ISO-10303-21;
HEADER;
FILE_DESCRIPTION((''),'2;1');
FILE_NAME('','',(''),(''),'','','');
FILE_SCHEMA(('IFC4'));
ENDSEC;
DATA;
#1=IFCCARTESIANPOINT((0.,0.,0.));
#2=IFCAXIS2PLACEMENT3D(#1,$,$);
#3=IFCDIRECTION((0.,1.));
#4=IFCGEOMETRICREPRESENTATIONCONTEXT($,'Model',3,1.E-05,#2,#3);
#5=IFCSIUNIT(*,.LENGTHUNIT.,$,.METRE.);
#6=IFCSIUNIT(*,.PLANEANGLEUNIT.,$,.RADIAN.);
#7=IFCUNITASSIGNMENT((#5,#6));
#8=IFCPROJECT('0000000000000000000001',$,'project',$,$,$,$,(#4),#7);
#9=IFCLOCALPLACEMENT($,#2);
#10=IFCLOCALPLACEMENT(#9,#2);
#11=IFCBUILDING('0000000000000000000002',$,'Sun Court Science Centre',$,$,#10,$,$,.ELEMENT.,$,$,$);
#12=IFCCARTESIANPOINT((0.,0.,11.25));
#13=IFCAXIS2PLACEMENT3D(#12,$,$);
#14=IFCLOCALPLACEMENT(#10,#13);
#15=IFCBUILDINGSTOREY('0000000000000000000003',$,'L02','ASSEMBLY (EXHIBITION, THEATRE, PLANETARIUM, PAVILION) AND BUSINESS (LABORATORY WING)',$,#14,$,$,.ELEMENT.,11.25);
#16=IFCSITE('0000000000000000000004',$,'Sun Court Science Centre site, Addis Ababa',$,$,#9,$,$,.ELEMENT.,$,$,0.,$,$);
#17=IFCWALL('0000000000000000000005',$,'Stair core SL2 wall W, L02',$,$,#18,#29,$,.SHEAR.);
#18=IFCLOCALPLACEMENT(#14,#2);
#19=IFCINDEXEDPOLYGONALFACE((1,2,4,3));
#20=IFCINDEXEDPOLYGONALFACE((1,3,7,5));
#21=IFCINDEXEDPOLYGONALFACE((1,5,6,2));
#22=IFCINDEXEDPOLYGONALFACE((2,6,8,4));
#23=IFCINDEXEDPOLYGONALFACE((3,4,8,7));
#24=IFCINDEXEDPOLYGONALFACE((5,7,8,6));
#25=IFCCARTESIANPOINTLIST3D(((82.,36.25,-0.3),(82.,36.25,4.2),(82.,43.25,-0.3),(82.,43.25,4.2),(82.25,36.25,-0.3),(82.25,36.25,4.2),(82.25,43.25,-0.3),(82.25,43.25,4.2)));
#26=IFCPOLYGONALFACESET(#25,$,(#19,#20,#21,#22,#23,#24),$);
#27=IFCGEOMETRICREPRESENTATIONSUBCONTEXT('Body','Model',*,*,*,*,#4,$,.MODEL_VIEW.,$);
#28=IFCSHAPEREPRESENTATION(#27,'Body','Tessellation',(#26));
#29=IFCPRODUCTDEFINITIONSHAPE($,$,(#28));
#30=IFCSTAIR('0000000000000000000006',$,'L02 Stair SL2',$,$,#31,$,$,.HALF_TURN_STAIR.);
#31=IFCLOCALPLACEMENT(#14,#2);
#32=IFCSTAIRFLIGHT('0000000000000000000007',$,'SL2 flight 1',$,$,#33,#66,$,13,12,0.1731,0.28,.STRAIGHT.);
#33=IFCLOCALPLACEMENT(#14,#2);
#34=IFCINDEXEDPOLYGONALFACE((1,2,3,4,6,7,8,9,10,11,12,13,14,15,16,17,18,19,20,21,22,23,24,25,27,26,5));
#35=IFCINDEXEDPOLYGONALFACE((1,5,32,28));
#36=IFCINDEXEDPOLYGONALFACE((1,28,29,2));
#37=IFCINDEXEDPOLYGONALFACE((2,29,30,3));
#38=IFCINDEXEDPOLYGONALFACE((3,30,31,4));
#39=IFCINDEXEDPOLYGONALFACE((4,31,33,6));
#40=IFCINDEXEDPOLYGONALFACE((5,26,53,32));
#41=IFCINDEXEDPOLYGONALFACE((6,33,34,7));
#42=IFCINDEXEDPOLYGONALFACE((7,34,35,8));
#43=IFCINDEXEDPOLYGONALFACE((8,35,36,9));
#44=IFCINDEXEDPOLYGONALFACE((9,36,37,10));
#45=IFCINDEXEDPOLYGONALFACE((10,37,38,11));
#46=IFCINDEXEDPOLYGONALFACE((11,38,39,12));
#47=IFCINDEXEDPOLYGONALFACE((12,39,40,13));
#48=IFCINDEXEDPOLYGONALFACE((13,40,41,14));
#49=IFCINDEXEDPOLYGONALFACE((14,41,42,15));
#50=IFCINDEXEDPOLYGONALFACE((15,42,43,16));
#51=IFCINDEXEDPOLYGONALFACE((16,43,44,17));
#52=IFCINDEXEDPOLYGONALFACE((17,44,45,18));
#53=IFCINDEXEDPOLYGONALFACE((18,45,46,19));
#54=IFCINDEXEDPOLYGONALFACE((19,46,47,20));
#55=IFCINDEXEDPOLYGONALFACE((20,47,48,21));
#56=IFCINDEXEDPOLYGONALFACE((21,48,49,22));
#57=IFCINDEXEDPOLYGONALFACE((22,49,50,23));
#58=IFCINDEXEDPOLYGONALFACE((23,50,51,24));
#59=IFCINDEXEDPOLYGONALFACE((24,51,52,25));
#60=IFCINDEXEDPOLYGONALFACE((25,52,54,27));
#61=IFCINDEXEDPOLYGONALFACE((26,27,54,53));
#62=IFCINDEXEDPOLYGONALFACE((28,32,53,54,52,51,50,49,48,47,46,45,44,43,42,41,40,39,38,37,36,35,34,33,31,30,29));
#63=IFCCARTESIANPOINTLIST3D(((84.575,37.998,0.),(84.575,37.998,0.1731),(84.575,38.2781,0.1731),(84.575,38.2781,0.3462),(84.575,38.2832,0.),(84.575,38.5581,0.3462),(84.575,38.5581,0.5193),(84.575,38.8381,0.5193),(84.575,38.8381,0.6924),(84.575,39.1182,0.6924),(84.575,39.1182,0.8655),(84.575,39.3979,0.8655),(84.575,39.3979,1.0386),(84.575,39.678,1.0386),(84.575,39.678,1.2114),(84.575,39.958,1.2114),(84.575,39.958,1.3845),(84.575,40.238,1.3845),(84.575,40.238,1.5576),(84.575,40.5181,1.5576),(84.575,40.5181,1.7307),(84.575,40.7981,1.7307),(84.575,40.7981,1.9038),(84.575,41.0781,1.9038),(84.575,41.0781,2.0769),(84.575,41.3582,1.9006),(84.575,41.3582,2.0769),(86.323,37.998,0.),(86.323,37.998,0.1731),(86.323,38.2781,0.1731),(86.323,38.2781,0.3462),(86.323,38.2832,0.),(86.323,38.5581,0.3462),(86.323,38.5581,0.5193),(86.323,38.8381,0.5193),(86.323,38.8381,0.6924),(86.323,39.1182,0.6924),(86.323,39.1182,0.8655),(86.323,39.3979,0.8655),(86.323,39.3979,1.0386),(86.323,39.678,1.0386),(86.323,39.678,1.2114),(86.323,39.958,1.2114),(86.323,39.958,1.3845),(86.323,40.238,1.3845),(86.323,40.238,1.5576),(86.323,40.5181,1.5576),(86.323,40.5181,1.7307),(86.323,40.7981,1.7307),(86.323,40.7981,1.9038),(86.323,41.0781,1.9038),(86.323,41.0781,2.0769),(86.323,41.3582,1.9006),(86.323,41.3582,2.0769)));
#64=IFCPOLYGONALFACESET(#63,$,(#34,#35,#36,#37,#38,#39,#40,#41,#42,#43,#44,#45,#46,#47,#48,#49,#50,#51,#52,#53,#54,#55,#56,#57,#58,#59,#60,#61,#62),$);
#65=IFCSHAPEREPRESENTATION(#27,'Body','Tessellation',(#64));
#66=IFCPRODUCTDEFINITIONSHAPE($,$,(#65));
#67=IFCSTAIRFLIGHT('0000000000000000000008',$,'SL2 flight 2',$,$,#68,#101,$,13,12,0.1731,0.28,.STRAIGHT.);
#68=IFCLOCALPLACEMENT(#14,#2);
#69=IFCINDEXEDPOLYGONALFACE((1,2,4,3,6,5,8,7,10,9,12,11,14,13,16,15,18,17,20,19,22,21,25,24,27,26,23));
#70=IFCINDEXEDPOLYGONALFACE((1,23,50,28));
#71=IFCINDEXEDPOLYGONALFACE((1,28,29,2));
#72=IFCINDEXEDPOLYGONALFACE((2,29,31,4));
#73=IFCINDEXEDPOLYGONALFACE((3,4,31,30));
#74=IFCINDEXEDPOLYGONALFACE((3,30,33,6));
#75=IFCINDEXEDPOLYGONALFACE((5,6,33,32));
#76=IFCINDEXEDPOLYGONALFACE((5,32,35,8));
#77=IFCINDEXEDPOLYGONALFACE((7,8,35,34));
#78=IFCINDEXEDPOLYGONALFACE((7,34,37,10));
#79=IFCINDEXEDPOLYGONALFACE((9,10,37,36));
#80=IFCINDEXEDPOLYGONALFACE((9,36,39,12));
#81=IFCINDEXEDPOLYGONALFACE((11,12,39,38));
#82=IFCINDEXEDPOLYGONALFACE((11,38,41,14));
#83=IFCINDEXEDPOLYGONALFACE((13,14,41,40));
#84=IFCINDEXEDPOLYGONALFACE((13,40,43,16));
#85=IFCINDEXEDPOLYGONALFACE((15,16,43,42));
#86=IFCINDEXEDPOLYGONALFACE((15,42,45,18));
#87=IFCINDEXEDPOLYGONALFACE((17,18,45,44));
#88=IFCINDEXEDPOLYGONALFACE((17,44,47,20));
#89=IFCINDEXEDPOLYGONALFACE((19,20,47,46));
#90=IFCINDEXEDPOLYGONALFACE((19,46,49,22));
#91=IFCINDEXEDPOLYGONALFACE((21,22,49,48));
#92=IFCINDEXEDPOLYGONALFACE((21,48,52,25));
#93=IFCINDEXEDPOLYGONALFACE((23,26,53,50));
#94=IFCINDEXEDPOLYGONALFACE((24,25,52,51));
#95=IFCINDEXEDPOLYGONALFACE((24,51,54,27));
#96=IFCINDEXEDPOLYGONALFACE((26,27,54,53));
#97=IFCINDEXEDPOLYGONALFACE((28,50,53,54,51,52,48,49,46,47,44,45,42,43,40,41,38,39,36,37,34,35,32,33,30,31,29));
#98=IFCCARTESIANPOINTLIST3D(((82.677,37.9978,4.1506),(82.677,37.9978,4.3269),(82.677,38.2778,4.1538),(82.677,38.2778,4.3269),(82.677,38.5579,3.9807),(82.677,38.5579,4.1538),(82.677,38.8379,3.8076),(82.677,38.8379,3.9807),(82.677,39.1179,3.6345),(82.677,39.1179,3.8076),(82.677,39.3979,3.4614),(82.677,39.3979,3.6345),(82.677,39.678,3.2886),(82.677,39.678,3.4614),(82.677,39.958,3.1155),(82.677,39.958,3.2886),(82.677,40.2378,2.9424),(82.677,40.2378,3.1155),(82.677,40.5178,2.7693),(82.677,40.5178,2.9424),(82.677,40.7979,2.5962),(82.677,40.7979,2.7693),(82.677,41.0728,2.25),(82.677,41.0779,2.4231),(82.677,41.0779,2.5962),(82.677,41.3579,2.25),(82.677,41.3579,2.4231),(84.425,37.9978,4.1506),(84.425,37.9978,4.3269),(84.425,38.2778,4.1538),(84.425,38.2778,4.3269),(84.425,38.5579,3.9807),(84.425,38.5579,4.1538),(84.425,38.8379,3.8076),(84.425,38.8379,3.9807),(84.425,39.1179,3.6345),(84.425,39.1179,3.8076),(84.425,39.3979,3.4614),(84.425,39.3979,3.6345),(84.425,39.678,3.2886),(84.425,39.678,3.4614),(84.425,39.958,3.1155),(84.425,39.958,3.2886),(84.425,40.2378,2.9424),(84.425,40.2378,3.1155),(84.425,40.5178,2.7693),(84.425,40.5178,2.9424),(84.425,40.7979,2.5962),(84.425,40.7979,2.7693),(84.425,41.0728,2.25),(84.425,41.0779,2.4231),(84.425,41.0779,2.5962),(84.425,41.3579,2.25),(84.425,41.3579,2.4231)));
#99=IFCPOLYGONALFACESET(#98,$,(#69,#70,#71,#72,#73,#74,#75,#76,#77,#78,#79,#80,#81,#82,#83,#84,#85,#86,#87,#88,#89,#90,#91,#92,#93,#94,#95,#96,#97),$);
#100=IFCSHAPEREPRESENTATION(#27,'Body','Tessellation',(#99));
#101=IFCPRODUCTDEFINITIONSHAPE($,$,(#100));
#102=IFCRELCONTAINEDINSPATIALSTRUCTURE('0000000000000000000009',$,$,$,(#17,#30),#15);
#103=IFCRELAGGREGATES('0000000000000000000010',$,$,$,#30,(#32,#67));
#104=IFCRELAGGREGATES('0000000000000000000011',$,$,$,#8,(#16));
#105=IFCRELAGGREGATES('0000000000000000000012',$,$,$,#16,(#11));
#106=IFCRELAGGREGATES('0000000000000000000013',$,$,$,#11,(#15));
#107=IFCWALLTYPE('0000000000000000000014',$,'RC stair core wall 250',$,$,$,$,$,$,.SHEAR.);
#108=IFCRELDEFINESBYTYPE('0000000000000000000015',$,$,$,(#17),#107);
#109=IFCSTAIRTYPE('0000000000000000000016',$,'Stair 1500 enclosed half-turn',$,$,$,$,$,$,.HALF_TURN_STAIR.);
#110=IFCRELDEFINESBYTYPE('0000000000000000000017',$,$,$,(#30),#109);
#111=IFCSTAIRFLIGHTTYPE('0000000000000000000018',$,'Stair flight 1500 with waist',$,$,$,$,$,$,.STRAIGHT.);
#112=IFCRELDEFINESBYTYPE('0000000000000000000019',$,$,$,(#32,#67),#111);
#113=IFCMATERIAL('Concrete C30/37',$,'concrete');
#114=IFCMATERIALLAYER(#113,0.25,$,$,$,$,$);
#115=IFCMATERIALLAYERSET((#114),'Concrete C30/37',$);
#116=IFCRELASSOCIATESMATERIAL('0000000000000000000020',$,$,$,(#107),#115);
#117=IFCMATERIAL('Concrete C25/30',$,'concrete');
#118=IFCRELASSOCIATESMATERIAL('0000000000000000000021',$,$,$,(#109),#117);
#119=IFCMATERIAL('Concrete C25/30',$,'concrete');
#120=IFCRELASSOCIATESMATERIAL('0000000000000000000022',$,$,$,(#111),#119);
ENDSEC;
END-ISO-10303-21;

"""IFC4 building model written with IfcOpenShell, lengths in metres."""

from ifc_helpers import new_model, si_unit, direction, frame, frame_2d, origin, place, context, subcontext, project, spatial, polyline, rectangle, outline, extrude, material, layer, layer_set, type_object, element, aggregate, save


model = new_model("IFC4")

# Units and contexts
model_context = context("Model", 3, precision=1e-05, world=origin(), true_north=direction((0.0, 1.0)))
body_context = subcontext(model_context, "Body", "Model", "MODEL_VIEW")
ifc_project = project(units=[si_unit("LENGTHUNIT", "METRE"), si_unit("PLANEANGLEUNIT", "RADIAN")], contexts=[model_context])

# Site, building, storey
site_placement = place(None, origin())
site = spatial("IfcSite", under=ifc_project, at=site_placement, Name="Sun Court Science Centre site, Addis Ababa", CompositionType="ELEMENT", RefElevation=0.0)
building_placement = place(site_placement, origin())
building = spatial("IfcBuilding", under=site, at=building_placement, Name="Sun Court Science Centre", CompositionType="ELEMENT")
storey_placement = place(building_placement, frame((0.0, 0.0, 11.25)))
storey = spatial("IfcBuildingStorey", under=building, at=storey_placement, Name="L02", Description="ASSEMBLY (EXHIBITION, THEATRE, PLANETARIUM, PAVILION) AND BUSINESS (LABORATORY WING)", CompositionType="ELEMENT", Elevation=11.25)

# Wall
ifc_material_1 = material(Name="Concrete C30/37", Category="concrete")
ifc_layer_1 = layer(ifc_material_1, 0.25)
ifc_layer_set_1 = layer_set([ifc_layer_1], Name="Concrete C30/37")
wall_type_1 = type_object("IfcWallType", Name="RC stair core wall 250", PredefinedType="SHEAR", material=ifc_layer_set_1)
wall_1_placement = place(storey_placement, frame((82.125, 36.25, -0.3), z_axis=(0.0, 0.0, 1.0), x_axis=(0.0, 1.0, 0.0)))
element("IfcWall", 1, at=wall_1_placement, inside=storey, type_object=wall_type_1, Name="Stair core SL2 wall W, L02", PredefinedType="SHEAR", context=body_context, shape_type="SweptSolid", body=[
    extrude(rectangle(XDim=7.0, YDim=0.25, at=frame_2d((3.5, 0.0))), origin(), (0.0, 0.0, 1.0), 4.5),
])

# Stair, stair flights
ifc_material_2 = material(Name="Concrete C25/30", Category="concrete")
stair_type = type_object("IfcStairType", Name="Stair 1500 enclosed half-turn", PredefinedType="HALF_TURN_STAIR", material=ifc_material_2)
stair_placement = place(storey_placement, origin())
stair = element("IfcStair", 2, at=stair_placement, inside=storey, type_object=stair_type, Name="L02 Stair SL2", PredefinedType="HALF_TURN_STAIR")
ifc_material_3 = material(Name="Concrete C25/30", Category="concrete")
stair_flight_type = type_object("IfcStairFlightType", Name="Stair flight 1500 with waist", PredefinedType="STRAIGHT", material=ifc_material_3)
stair_flight_1_placement = place(storey_placement, frame((85.449, 37.998, 0.0), z_axis=(0.0, 0.0, 1.0), x_axis=(0.0, 1.0, 0.0)))
stair_flight_1 = element("IfcStairFlight", 3, at=stair_flight_1_placement, type_object=stair_flight_type, Name="SL2 flight 1", NumberOfRisers=13, NumberOfTreads=12, PredefinedType="STRAIGHT", RiserHeight=0.1731, TreadLength=0.28, context=body_context, shape_type="SweptSolid", body=[
    extrude(outline(polyline([(0.0, 0.0), (0.0, 0.1731), (0.28, 0.1731), (0.28, 0.3462), (0.5601, 0.3462), (0.5601, 0.5193), (0.8401, 0.5193), (0.8401, 0.6924), (1.1201, 0.6924), (1.1201, 0.8655), (1.3999, 0.8655), (1.3999, 1.0386), (1.6799, 1.0386), (1.6799, 1.2114), (1.96, 1.2114), (1.96, 1.3845), (2.24, 1.3845), (2.24, 1.5576), (2.52, 1.5576), (2.52, 1.7307), (2.8, 1.7307), (2.8, 1.9038), (3.0801, 1.9038), (3.0801, 2.0769), (3.3601, 2.0769), (3.3601, 2.25), (3.3601, 1.9006), (0.2852, 0.0), (0.0, 0.0)])), frame((0.0, 0.874, 0.0), z_axis=(0.0, -1.0, 0.0), x_axis=(1.0, 0.0, 0.0)), (0.0, 0.0, 1.0), 1.748),
])
stair_flight_2_placement = place(storey_placement, frame((83.551, 41.3579, 2.25), z_axis=(0.0, 0.0, 1.0), x_axis=(0.0, -1.0, 0.0)))
stair_flight_2 = element("IfcStairFlight", 4, at=stair_flight_2_placement, type_object=stair_flight_type, Name="SL2 flight 2", NumberOfRisers=13, NumberOfTreads=12, PredefinedType="STRAIGHT", RiserHeight=0.1731, TreadLength=0.28, context=body_context, shape_type="SweptSolid", body=[
    extrude(outline(polyline([(0.0, 0.0), (0.0, 0.1731), (0.28, 0.1731), (0.28, 0.3462), (0.5601, 0.3462), (0.5601, 0.5193), (0.8401, 0.5193), (0.8401, 0.6924), (1.1201, 0.6924), (1.1201, 0.8655), (1.3999, 0.8655), (1.3999, 1.0386), (1.6799, 1.0386), (1.6799, 1.2114), (1.96, 1.2114), (1.96, 1.3845), (2.24, 1.3845), (2.24, 1.5576), (2.52, 1.5576), (2.52, 1.7307), (2.8, 1.7307), (2.8, 1.9038), (3.0801, 1.9038), (3.0801, 2.0769), (3.3601, 2.0769), (3.3601, 2.25), (3.3601, 1.9006), (0.2852, 0.0), (0.0, 0.0)])), frame((0.0, 0.874, 0.0), z_axis=(0.0, -1.0, 0.0), x_axis=(1.0, 0.0, 0.0)), (0.0, 0.0, 1.0), 1.748),
])
aggregate(stair, [stair_flight_1, stair_flight_2])

save(model, "model.ifc")
